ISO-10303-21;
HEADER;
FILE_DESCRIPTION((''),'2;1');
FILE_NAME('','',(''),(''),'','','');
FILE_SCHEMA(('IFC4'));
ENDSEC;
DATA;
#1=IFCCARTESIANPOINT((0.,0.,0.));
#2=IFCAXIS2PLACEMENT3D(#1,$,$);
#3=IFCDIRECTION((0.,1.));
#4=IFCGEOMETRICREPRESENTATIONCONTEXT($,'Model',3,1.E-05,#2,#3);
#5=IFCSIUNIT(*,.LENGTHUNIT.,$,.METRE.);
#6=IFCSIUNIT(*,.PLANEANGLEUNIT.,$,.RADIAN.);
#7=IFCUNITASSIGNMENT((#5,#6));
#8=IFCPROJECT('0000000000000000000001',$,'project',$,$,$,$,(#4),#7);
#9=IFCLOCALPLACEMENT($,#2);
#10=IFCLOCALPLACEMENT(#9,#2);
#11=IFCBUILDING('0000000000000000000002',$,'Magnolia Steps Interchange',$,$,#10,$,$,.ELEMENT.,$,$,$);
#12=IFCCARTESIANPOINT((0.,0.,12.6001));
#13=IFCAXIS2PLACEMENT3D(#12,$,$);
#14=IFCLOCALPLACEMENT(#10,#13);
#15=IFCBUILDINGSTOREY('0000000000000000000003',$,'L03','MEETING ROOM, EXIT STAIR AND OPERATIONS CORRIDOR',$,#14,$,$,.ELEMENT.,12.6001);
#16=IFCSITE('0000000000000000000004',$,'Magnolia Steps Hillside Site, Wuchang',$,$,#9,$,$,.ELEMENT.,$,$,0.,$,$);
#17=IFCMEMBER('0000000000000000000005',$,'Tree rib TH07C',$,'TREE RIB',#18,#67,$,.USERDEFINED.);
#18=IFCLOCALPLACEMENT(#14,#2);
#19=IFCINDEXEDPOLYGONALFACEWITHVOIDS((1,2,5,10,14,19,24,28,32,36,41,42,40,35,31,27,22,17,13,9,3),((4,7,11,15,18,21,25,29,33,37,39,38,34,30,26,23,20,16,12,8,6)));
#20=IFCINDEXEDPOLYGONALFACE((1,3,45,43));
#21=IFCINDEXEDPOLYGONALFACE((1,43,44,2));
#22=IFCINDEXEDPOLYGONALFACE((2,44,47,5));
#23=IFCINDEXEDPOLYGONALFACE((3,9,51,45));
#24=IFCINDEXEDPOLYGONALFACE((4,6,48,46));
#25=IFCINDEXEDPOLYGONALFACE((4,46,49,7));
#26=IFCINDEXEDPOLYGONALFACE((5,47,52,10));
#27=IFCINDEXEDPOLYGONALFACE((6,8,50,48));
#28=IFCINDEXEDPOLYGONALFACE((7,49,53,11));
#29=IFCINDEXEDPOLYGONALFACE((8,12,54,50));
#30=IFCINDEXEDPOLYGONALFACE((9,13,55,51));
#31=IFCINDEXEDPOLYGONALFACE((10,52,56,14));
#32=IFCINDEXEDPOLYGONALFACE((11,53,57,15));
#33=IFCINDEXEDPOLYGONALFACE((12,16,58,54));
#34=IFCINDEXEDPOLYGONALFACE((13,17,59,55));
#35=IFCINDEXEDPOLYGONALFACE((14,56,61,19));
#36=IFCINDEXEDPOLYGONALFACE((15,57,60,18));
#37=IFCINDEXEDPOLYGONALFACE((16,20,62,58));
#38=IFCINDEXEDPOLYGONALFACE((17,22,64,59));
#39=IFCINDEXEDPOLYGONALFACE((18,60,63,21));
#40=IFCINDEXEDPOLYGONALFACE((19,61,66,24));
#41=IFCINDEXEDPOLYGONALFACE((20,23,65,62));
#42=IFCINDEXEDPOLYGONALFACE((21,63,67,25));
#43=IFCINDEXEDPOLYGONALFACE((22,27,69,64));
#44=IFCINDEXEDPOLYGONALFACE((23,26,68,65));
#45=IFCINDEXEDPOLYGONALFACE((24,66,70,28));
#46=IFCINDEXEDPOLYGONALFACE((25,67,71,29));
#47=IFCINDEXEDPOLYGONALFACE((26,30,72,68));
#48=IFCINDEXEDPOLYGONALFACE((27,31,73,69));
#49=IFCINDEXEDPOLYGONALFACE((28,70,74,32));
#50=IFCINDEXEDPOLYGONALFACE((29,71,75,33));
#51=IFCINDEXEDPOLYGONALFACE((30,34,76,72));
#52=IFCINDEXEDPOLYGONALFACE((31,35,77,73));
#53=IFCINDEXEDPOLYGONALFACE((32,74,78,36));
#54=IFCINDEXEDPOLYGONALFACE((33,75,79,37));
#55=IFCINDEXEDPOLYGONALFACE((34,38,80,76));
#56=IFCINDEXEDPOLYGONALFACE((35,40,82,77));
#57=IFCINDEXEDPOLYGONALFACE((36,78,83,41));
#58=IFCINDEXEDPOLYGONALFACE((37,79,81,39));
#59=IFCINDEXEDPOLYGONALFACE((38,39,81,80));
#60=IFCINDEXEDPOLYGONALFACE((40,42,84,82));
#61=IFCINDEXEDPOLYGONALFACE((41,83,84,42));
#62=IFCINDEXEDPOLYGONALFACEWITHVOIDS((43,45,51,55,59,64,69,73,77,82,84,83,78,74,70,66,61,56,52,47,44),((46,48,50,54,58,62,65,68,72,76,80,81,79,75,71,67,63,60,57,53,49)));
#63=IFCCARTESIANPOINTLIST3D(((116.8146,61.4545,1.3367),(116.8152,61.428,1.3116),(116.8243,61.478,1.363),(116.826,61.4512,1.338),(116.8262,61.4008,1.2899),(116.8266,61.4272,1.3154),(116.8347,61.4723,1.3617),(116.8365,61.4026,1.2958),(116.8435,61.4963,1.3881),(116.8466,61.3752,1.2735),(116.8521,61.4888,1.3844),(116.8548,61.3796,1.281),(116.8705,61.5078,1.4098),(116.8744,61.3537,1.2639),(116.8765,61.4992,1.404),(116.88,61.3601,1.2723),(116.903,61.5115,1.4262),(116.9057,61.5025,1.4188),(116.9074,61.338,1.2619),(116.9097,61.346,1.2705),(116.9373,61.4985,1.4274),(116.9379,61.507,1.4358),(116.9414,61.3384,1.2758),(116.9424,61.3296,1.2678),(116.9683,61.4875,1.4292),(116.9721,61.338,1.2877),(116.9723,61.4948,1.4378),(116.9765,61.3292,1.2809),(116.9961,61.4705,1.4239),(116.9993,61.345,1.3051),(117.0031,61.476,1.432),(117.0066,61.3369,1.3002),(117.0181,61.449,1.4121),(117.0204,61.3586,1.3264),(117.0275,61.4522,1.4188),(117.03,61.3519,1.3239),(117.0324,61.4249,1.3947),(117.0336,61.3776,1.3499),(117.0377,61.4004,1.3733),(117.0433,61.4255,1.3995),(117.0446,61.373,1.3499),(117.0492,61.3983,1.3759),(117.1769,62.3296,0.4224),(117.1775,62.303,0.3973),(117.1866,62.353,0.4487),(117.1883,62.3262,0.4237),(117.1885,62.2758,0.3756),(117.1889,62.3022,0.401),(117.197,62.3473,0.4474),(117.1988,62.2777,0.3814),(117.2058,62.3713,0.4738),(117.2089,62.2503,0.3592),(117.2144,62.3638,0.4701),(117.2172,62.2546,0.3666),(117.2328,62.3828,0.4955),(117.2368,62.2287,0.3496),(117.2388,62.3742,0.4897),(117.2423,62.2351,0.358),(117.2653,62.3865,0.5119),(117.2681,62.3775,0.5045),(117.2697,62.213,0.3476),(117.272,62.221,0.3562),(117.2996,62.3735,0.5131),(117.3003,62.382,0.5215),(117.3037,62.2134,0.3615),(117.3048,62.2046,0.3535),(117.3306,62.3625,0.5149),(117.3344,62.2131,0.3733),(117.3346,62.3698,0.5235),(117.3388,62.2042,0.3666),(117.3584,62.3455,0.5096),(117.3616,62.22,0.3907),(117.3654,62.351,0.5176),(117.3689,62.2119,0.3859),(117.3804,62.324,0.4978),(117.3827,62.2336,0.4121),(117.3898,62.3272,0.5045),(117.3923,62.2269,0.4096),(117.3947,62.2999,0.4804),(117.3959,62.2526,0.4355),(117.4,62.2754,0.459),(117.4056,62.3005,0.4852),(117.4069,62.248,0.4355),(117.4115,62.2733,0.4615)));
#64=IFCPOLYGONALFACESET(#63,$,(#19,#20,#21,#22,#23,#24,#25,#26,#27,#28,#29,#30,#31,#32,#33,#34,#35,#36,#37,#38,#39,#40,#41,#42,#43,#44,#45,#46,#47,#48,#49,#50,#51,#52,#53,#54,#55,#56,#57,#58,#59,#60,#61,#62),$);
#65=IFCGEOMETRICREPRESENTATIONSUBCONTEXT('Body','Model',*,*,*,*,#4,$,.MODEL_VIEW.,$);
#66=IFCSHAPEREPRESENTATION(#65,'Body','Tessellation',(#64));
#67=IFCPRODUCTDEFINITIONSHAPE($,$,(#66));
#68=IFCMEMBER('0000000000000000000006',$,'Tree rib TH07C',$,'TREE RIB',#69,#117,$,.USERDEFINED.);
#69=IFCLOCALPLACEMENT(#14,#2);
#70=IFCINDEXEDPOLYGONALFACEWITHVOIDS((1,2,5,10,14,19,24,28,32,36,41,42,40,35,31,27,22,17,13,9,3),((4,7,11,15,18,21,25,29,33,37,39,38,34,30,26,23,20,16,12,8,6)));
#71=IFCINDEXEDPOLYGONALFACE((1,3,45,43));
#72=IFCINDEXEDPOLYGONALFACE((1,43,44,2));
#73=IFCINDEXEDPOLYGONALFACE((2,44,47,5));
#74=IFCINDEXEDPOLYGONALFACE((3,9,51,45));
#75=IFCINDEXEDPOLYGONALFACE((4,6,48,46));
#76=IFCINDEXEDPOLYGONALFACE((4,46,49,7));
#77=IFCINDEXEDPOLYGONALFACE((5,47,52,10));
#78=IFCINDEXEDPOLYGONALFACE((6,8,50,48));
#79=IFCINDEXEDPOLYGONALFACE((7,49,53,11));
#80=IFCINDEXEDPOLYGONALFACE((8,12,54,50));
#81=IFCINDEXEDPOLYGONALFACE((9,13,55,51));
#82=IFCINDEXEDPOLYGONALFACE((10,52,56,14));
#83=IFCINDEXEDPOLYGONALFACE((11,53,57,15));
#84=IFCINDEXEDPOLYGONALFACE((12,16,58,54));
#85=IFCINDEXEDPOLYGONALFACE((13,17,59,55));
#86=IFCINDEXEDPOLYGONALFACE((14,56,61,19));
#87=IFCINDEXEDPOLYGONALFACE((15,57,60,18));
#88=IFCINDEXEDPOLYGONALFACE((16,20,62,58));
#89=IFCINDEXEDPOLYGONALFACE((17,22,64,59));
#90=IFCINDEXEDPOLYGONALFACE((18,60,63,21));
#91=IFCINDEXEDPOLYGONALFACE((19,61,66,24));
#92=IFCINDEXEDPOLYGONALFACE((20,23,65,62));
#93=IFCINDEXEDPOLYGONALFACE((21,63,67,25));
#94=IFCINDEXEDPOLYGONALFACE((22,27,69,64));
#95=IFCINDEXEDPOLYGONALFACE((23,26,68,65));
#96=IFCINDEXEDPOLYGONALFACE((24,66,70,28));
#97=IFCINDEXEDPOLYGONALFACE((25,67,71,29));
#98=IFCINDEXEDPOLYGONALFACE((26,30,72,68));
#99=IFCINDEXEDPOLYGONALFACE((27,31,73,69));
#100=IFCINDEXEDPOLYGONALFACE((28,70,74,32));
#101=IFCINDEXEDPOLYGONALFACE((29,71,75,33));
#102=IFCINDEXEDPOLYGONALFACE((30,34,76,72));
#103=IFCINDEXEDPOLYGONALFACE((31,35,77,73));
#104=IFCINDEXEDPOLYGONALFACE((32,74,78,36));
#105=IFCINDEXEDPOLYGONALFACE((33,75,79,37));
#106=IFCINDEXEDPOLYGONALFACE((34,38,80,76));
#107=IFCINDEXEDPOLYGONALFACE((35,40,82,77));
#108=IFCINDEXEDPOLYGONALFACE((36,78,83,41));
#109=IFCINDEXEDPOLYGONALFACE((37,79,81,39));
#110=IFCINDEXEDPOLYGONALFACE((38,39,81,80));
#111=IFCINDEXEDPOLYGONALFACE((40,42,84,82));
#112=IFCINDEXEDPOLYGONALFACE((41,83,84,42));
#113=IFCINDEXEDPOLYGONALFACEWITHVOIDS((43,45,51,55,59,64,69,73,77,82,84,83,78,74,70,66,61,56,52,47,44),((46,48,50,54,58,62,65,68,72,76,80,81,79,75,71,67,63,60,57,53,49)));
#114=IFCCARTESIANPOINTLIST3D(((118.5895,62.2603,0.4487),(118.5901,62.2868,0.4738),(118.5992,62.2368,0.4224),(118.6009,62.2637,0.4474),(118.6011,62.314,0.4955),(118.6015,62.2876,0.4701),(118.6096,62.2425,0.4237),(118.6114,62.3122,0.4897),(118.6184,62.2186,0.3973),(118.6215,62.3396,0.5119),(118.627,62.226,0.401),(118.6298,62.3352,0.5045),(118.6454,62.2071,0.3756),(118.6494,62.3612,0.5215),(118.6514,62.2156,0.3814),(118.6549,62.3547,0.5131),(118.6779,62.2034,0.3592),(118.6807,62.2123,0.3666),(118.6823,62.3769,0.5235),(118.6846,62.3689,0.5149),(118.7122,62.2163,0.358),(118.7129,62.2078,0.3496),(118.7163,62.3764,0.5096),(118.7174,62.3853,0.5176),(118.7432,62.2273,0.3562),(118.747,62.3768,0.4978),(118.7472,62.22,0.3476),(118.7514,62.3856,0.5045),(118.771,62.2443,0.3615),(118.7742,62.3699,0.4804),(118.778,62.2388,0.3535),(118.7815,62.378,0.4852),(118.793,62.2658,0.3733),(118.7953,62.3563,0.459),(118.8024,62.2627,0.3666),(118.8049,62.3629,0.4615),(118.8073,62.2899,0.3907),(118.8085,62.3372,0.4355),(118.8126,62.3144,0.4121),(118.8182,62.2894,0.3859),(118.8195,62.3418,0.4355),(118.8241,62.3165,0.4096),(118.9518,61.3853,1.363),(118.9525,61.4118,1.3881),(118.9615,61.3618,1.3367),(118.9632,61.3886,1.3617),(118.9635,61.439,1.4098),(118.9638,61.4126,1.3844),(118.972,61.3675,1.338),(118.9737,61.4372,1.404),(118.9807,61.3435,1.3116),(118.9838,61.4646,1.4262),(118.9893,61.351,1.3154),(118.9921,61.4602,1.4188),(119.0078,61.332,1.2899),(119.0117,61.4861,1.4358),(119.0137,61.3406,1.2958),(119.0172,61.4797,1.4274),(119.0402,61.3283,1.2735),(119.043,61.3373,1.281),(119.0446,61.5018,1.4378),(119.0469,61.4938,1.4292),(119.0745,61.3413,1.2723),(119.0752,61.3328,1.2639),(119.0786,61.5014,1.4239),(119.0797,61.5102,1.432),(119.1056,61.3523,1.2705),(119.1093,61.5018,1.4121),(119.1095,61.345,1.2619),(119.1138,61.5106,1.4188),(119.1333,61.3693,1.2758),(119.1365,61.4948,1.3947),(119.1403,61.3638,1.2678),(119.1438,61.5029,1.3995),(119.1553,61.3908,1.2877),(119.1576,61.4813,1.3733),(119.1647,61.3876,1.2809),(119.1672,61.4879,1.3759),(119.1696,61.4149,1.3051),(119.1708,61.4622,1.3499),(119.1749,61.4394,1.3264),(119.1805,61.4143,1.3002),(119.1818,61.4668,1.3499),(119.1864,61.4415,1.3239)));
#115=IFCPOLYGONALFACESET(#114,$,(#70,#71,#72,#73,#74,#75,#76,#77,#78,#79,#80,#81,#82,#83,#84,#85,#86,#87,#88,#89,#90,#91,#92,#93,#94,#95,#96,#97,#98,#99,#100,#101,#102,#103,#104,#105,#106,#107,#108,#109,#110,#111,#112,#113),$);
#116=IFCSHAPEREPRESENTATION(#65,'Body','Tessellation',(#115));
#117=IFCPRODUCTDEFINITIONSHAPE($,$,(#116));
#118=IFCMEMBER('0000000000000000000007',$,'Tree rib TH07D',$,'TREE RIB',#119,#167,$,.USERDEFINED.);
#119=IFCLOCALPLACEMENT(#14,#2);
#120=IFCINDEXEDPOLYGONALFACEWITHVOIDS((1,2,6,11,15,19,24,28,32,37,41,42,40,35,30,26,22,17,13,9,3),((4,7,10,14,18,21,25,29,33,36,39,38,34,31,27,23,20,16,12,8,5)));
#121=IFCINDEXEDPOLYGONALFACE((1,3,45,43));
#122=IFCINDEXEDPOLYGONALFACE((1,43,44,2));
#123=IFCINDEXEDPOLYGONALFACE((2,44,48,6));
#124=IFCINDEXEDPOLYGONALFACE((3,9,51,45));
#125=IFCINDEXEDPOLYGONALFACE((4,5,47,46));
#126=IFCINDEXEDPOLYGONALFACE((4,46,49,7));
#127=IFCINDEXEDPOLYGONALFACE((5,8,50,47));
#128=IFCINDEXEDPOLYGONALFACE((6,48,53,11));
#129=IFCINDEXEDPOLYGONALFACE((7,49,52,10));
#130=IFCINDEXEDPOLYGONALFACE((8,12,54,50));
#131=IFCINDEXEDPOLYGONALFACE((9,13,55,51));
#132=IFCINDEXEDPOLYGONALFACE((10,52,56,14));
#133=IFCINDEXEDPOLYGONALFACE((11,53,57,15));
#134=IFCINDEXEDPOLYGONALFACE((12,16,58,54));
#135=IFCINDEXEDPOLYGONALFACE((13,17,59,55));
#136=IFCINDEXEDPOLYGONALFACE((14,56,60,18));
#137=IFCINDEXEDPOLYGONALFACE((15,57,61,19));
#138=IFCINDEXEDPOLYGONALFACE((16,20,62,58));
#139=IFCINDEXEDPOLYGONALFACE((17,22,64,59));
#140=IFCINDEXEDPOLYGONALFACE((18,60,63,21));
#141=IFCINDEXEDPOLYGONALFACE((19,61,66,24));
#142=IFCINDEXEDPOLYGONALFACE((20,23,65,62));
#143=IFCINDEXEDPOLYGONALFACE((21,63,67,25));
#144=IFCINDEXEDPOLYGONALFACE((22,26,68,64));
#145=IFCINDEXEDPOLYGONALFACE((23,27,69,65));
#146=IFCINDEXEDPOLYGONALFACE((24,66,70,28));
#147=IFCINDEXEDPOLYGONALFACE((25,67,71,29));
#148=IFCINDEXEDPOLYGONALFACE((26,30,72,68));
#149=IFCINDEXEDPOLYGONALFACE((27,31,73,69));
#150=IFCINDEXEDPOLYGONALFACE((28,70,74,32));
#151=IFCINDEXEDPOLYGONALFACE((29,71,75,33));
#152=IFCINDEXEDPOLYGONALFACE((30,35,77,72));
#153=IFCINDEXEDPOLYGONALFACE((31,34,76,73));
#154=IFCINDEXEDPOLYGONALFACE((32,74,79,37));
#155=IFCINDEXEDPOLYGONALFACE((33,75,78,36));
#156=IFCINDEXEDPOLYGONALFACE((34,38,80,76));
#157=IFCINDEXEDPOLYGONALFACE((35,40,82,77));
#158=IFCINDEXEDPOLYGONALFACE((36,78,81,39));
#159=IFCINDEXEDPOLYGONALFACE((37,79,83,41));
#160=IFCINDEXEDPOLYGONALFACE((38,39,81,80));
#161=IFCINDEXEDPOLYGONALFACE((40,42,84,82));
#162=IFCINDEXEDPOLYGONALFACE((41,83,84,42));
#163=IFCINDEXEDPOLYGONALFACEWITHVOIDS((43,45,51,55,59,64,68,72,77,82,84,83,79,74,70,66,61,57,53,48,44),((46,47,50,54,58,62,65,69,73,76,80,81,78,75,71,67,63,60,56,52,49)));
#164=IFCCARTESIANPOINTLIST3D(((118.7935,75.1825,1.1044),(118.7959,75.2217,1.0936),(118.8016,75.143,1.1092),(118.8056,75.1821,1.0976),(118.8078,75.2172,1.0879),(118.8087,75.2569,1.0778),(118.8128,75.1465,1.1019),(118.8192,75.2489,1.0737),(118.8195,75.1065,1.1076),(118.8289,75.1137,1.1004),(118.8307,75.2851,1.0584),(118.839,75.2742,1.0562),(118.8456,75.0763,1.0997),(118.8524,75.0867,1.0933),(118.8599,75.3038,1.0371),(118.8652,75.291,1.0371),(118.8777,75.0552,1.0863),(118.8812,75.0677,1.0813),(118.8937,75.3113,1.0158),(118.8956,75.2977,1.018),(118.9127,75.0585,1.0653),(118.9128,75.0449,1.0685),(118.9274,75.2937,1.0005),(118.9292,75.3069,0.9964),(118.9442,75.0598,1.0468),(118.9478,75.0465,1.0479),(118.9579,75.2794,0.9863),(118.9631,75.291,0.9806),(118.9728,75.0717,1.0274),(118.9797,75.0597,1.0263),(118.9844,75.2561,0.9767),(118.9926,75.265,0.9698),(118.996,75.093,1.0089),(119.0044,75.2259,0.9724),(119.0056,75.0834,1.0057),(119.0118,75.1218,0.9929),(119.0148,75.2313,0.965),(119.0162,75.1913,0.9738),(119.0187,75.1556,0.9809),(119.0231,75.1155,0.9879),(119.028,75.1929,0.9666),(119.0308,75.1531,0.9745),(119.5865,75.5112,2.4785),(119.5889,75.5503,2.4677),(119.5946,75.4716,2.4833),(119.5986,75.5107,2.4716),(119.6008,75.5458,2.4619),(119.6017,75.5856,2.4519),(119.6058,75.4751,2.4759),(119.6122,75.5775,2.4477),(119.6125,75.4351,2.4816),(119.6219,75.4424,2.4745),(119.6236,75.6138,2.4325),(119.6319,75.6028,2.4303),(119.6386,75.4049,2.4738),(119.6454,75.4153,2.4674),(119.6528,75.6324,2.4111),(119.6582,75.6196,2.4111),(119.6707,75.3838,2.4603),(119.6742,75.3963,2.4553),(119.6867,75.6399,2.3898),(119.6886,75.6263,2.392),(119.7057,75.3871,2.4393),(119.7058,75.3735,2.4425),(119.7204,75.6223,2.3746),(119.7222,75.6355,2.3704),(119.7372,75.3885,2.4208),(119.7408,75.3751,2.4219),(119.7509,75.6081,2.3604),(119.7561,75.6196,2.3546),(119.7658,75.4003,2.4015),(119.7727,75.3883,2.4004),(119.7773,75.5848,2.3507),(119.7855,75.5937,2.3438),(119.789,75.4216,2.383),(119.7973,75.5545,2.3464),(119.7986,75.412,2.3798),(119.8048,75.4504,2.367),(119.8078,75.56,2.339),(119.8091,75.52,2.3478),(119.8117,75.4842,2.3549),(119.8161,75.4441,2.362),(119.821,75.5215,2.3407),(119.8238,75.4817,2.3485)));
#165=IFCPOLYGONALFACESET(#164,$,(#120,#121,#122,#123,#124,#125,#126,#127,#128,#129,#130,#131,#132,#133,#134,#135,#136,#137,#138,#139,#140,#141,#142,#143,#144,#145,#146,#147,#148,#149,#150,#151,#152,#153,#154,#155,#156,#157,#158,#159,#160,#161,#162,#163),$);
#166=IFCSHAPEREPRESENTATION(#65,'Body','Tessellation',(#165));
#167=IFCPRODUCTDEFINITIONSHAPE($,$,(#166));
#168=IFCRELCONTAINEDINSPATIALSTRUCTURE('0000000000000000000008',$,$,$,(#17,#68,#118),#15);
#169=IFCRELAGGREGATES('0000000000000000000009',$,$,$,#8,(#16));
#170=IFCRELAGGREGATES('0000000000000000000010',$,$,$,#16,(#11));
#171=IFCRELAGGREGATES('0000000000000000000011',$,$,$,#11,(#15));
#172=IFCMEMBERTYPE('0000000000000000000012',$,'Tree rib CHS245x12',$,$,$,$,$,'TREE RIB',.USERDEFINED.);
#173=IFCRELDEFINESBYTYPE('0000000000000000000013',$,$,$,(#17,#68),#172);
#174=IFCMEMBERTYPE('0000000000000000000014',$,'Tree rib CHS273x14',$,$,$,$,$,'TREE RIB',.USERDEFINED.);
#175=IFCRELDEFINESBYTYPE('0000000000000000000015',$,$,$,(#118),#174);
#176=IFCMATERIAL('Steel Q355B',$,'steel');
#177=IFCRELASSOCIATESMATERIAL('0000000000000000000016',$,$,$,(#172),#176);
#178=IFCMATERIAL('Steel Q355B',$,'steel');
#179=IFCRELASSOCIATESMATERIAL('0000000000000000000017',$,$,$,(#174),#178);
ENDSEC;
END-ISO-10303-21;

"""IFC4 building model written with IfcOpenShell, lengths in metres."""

from ifc_helpers import new_model, si_unit, direction, frame, origin, origin_2d, place, context, subcontext, project, spatial, hollow_circle, extrude, material, material_profile, profile_set, type_object, element, save


model = new_model("IFC4")

# Units and contexts
model_context = context("Model", 3, precision=1e-05, world=origin(), true_north=direction((0.0, 1.0)))
body_context = subcontext(model_context, "Body", "Model", "MODEL_VIEW")
ifc_project = project(units=[si_unit("LENGTHUNIT", "METRE"), si_unit("PLANEANGLEUNIT", "RADIAN")], contexts=[model_context])

# Site, building, storey
site_placement = place(None, origin())
site = spatial("IfcSite", under=ifc_project, at=site_placement, Name="Magnolia Steps Hillside Site, Wuchang", CompositionType="ELEMENT", RefElevation=0.0)
building_placement = place(site_placement, origin())
building = spatial("IfcBuilding", under=site, at=building_placement, Name="Magnolia Steps Interchange", CompositionType="ELEMENT")
storey_placement = place(building_placement, frame((0.0, 0.0, 12.6001)))
storey = spatial("IfcBuildingStorey", under=building, at=storey_placement, Name="L03", Description="MEETING ROOM, EXIT STAIR AND OPERATIONS CORRIDOR", CompositionType="ELEMENT", Elevation=12.6001)

# Members
ifc_material_1 = material(Name="Steel Q355B", Category="steel")
ifc_material_profile_1 = material_profile(ifc_material_1, hollow_circle(Radius=0.1226, WallThickness=0.012, at=origin_2d()), Name="CHS245x12")
ifc_profile_set_1 = profile_set([ifc_material_profile_1], Name="Steel Q355B")
member_type_1 = type_object("IfcMemberType", Name="Tree rib CHS245x12", ElementType="TREE RIB", PredefinedType="USERDEFINED", material=ifc_profile_set_1)
for number, where, z_axis, x_axis, name in (
    (1, (117.2937, 62.2949, 0.4355), (-0.275229, -0.664704, 0.694563), (0.923929, -0.382564, 0.0), "Tree rib TH07C"),
    (2, (118.7063, 62.2949, 0.4355), (0.275229, -0.664704, 0.694563), (0.923929, 0.382564, 0.0), "Tree rib TH07C"),
):
    element("IfcMember", number, at=place(storey_placement, frame(where, z_axis=z_axis, x_axis=x_axis)), inside=storey, type_object=member_type_1, Name=name, ObjectType="TREE RIB", PredefinedType="USERDEFINED", context=body_context, shape_type="SweptSolid", body=[
        extrude(hollow_circle(Radius=0.1226, WallThickness=0.012, at=origin_2d()), origin(), (0.0, 0.0, 1.0), 1.3164),
    ])
ifc_material_2 = material(Name="Steel Q355B", Category="steel")
ifc_material_profile_2 = material_profile(ifc_material_2, hollow_circle(Radius=0.1365, WallThickness=0.0139, at=origin_2d()), Name="CHS273x14")
ifc_profile_set_2 = profile_set([ifc_material_profile_2], Name="Steel Q355B")
member_type_2 = type_object("IfcMemberType", Name="Tree rib CHS273x14", ElementType="TREE RIB", PredefinedType="USERDEFINED", material=ifc_profile_set_2)
for number, where, z_axis, x_axis, name in (
    (3, (118.9121, 75.1777, 1.0371), (0.489456, 0.202835, 0.84811), (-0.382837, 0.923816, 0.0), "Tree rib TH07D"),
):
    element("IfcMember", number, at=place(storey_placement, frame(where, z_axis=z_axis, x_axis=x_axis)), inside=storey, type_object=member_type_2, Name=name, ObjectType="TREE RIB", PredefinedType="USERDEFINED", context=body_context, shape_type="SweptSolid", body=[
        extrude(hollow_circle(Radius=0.1365, WallThickness=0.0139, at=origin_2d()), origin(), (0.0, 0.0, 1.0), 1.6201),
    ])

save(model, "model.ifc")
